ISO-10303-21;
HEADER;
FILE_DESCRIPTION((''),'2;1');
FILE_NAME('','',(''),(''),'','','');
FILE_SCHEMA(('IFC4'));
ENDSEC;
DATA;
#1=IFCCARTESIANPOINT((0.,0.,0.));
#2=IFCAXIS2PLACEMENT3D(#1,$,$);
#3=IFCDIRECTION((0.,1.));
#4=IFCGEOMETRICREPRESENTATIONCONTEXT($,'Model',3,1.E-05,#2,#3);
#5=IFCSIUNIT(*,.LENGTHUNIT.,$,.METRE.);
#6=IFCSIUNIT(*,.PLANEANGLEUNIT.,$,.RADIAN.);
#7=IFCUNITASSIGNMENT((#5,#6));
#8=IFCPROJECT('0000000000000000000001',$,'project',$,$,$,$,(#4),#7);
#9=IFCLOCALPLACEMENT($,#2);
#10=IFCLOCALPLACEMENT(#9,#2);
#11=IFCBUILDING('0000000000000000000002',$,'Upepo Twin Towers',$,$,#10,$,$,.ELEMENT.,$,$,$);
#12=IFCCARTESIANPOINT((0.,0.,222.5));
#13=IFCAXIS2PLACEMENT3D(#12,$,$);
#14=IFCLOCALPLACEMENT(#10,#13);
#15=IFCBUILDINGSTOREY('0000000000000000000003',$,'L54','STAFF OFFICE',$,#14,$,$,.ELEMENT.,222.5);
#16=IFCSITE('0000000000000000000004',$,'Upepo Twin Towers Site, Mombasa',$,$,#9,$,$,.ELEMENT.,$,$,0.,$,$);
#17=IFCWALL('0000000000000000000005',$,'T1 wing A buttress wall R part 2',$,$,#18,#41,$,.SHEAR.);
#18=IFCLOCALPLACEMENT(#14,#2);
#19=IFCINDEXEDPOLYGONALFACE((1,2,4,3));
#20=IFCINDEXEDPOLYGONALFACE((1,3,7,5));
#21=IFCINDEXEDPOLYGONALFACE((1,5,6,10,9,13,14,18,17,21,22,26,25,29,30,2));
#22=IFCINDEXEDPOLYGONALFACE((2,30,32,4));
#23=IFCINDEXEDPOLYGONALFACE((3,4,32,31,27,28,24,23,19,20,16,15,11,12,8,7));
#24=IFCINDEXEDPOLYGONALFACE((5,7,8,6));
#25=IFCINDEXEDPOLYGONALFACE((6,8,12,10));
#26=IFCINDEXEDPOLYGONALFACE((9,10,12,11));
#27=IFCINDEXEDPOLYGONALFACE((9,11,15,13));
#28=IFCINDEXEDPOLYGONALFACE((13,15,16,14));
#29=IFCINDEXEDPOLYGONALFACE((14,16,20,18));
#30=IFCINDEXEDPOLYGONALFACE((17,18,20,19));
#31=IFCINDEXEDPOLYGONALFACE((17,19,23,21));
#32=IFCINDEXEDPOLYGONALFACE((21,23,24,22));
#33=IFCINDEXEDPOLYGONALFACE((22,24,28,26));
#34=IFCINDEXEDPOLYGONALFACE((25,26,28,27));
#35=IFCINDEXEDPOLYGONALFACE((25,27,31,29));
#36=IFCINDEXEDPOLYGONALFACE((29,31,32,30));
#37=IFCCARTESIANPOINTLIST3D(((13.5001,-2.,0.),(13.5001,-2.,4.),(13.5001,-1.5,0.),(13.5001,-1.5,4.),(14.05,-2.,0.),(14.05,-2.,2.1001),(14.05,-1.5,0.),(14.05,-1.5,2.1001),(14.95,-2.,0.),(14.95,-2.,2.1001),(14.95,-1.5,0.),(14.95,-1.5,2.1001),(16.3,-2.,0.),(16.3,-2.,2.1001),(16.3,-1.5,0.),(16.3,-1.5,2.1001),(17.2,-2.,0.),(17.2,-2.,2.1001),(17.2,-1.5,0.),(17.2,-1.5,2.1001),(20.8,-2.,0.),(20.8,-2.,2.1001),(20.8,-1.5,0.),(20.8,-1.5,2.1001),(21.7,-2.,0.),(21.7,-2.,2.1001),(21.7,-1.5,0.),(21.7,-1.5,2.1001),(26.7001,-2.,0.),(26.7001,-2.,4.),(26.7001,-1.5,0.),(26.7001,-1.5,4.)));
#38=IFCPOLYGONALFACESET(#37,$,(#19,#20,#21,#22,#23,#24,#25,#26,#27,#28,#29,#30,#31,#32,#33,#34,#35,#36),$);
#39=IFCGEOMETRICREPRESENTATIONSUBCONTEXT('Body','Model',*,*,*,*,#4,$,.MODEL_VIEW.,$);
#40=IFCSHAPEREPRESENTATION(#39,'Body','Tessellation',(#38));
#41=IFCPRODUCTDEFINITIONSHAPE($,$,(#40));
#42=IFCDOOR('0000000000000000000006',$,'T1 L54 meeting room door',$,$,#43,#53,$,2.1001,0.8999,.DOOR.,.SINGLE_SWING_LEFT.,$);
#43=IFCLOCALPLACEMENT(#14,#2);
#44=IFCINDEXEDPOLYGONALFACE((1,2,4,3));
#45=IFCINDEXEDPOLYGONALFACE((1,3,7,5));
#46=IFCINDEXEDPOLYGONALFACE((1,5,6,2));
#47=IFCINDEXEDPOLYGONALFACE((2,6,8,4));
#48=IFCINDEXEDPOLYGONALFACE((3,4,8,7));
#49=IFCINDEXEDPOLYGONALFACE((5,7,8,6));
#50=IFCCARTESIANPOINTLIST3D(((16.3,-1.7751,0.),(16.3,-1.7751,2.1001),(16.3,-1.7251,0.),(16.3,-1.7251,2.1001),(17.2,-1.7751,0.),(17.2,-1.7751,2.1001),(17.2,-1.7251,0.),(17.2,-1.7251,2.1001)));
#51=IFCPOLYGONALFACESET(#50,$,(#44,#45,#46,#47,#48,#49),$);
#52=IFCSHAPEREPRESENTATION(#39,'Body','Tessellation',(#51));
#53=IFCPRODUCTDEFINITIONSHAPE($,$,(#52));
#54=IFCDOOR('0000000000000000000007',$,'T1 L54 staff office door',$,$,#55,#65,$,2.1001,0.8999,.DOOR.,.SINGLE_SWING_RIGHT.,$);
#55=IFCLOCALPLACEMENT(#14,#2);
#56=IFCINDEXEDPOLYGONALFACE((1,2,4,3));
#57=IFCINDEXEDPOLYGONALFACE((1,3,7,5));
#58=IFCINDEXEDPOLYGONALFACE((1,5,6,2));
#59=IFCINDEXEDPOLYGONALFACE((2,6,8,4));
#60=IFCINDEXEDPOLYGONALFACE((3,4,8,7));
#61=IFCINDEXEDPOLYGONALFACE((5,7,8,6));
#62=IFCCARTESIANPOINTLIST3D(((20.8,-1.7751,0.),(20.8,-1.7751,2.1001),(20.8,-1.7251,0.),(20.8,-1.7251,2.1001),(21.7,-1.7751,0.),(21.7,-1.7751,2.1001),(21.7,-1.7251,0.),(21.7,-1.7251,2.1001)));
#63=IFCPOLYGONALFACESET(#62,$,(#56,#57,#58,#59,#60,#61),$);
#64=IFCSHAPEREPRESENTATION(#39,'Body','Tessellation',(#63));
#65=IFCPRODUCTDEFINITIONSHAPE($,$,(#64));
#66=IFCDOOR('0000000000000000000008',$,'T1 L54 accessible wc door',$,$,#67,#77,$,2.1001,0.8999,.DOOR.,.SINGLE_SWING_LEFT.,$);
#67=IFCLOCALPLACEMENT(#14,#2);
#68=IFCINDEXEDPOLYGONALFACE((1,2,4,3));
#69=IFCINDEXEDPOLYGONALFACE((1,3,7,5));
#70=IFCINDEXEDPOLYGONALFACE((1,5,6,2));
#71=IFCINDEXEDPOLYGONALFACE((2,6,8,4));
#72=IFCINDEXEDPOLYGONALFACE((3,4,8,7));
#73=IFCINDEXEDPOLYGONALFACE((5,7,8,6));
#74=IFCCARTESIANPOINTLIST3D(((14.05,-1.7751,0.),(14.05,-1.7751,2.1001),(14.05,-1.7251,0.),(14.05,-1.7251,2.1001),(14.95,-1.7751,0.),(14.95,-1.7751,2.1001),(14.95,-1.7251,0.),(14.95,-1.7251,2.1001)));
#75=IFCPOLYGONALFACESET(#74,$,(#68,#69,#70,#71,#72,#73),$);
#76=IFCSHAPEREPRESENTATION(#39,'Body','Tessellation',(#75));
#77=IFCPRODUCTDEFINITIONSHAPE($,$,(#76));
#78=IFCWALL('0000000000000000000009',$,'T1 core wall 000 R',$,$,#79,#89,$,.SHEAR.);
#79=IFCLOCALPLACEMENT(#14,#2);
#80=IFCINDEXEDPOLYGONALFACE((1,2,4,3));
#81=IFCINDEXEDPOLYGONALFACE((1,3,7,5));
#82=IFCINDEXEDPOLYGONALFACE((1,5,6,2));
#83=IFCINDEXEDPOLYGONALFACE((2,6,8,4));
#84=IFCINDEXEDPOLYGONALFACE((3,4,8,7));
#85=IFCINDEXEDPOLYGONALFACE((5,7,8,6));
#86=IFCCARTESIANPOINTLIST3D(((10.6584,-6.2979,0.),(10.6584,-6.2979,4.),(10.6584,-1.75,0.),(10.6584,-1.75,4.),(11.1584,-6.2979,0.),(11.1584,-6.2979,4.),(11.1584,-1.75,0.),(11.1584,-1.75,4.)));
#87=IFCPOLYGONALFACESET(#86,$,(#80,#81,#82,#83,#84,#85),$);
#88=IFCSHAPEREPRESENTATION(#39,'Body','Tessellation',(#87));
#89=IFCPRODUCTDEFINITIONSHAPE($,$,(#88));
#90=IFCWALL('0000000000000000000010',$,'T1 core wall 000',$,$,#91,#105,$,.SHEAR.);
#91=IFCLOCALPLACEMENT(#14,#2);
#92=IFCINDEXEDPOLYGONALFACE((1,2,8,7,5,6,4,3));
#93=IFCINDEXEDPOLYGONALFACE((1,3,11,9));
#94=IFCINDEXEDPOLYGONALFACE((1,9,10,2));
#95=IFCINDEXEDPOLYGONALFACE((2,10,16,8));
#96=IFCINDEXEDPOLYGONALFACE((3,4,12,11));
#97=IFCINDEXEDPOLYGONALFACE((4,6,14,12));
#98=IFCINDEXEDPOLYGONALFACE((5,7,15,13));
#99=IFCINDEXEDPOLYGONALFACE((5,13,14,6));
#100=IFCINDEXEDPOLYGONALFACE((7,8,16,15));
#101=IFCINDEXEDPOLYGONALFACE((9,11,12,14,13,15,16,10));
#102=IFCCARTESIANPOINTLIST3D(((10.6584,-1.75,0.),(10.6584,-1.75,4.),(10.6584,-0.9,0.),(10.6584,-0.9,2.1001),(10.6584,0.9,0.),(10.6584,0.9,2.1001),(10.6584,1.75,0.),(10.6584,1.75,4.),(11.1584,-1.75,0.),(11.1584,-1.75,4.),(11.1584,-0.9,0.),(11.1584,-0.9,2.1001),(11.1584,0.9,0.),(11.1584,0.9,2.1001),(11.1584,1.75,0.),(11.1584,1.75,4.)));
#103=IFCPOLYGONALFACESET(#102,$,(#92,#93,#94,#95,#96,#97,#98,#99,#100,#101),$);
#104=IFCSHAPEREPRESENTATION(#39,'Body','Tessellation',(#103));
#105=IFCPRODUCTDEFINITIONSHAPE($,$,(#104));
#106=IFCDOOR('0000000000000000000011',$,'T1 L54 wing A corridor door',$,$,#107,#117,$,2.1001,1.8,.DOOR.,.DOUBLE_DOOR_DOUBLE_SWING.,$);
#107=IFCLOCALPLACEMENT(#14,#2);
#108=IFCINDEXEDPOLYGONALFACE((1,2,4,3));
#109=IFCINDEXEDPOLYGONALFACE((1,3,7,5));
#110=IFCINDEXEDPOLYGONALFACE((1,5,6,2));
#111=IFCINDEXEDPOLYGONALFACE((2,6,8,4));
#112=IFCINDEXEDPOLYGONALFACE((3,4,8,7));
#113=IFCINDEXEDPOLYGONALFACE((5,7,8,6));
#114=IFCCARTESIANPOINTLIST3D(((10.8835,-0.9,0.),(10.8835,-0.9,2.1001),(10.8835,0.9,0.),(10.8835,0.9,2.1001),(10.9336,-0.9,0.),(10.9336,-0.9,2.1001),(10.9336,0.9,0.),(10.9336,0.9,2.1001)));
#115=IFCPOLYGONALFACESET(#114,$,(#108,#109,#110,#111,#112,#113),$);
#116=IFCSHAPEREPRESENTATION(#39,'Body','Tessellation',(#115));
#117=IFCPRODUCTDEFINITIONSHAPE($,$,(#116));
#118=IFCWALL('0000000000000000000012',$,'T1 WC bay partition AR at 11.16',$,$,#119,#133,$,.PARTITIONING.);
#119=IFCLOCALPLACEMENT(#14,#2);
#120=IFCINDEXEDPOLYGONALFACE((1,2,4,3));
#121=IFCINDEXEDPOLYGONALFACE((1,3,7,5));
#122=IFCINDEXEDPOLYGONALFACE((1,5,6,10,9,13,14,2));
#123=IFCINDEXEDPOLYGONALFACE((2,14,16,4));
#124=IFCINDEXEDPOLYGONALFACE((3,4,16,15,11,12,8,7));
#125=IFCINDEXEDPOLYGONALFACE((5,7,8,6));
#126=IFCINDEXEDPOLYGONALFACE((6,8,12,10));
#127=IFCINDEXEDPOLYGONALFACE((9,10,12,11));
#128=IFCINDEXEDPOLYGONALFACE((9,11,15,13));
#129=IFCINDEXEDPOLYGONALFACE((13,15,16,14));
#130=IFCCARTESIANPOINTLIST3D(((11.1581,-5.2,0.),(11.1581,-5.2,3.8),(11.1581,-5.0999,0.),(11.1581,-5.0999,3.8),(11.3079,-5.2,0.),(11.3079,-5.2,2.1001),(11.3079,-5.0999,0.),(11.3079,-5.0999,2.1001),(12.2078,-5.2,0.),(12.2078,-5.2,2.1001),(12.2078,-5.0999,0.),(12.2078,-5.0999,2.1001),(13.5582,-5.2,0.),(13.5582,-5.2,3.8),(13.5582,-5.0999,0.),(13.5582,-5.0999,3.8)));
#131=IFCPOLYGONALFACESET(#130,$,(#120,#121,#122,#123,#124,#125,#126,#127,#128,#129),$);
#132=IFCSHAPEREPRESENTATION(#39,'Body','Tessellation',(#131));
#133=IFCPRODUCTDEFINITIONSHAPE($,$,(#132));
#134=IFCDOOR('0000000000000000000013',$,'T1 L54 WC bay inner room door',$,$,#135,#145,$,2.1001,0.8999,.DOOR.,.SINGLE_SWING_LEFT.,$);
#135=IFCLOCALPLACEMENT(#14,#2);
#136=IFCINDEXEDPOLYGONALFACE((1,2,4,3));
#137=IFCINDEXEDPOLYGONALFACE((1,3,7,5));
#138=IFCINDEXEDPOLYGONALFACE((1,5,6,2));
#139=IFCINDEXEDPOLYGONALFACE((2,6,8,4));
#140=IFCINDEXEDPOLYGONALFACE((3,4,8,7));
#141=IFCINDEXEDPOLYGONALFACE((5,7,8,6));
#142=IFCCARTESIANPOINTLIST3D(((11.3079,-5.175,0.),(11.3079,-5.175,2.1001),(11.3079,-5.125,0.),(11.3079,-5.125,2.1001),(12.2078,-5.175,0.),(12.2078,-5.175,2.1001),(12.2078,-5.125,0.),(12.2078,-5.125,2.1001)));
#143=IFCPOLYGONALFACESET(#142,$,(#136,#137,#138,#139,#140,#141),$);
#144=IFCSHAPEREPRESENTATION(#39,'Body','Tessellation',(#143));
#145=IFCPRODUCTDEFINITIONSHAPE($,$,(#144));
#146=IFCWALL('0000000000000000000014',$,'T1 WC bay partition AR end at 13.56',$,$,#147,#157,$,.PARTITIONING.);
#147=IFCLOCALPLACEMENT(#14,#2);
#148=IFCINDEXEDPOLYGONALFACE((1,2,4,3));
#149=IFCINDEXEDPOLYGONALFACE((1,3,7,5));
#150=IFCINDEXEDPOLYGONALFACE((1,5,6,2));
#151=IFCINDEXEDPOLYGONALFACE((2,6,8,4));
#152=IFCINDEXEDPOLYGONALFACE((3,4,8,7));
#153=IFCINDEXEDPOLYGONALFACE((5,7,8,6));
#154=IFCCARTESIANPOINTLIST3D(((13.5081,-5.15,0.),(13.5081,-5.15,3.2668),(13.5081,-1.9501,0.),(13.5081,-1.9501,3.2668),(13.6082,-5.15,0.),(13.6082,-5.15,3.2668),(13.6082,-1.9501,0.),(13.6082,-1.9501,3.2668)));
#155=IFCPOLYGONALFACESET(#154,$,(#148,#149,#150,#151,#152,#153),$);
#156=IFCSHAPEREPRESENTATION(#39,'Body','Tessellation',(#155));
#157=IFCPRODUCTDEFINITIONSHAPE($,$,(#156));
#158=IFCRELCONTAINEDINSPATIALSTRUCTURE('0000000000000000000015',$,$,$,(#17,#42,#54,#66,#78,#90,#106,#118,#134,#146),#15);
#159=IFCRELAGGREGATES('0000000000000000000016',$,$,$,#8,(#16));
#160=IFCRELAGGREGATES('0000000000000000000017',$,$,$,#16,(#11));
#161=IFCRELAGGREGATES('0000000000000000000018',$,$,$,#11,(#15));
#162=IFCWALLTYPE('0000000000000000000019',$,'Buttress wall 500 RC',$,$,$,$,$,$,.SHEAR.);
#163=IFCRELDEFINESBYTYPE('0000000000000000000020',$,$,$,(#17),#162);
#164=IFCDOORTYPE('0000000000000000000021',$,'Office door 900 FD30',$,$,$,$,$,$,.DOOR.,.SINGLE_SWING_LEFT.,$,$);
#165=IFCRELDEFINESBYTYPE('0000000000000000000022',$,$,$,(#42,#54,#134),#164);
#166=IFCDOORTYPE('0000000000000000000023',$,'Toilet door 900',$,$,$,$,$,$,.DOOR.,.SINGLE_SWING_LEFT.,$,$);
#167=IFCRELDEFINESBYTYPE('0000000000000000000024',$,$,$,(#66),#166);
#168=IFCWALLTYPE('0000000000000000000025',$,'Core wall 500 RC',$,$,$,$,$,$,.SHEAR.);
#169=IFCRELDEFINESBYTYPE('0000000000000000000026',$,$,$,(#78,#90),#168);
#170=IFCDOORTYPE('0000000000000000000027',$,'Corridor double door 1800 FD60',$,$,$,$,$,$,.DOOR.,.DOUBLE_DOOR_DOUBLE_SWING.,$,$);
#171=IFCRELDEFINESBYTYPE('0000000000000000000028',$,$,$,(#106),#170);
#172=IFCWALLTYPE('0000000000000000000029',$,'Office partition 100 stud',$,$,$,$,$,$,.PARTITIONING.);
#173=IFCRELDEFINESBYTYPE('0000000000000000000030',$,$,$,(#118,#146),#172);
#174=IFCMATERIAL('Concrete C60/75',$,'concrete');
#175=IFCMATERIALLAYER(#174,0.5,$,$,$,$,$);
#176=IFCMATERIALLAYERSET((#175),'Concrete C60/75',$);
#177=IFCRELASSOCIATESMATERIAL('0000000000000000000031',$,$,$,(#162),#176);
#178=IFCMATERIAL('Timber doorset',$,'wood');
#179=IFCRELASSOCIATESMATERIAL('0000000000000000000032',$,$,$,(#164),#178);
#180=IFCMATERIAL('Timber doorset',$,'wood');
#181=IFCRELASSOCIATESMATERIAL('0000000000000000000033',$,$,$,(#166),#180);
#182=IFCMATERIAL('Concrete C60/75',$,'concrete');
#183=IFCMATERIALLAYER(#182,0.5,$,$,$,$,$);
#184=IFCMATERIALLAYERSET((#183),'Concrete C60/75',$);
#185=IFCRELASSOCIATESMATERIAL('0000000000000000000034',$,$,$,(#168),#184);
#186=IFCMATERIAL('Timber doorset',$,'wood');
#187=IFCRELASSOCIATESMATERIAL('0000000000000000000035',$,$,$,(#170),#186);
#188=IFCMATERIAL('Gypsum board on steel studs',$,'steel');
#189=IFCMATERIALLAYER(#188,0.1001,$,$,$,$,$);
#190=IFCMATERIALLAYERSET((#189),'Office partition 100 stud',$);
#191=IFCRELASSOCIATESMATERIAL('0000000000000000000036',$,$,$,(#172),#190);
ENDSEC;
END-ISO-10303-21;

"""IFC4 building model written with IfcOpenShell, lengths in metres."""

from ifc_helpers import new_model, si_unit, direction, frame, frame_2d, origin, place, context, subcontext, project, spatial, rectangle, extrude, material, layer, layer_set, type_object, element, fill, save


model = new_model("IFC4")

# Units and contexts
model_context = context("Model", 3, precision=1e-05, world=origin(), true_north=direction((0.0, 1.0)))
body_context = subcontext(model_context, "Body", "Model", "MODEL_VIEW")
ifc_project = project(units=[si_unit("LENGTHUNIT", "METRE"), si_unit("PLANEANGLEUNIT", "RADIAN")], contexts=[model_context])

# Site, building, storey
site_placement = place(None, origin())
site = spatial("IfcSite", under=ifc_project, at=site_placement, Name="Upepo Twin Towers Site, Mombasa", CompositionType="ELEMENT", RefElevation=0.0)
building_placement = place(site_placement, origin())
building = spatial("IfcBuilding", under=site, at=building_placement, Name="Upepo Twin Towers", CompositionType="ELEMENT")
storey_placement = place(building_placement, frame((0.0, 0.0, 222.5)))
storey = spatial("IfcBuildingStorey", under=building, at=storey_placement, Name="L54", Description="STAFF OFFICE", CompositionType="ELEMENT", Elevation=222.5)

# Wall, openings, doors
ifc_material_1 = material(Name="Concrete C60/75", Category="concrete")
ifc_layer_1 = layer(ifc_material_1, 0.5)
ifc_layer_set_1 = layer_set([ifc_layer_1], Name="Concrete C60/75")
wall_type_1 = type_object("IfcWallType", Name="Buttress wall 500 RC", PredefinedType="SHEAR", material=ifc_layer_set_1)
wall_1_placement = place(storey_placement, frame((13.5, -1.75, 0.0), z_axis=(0.0, 0.0, 1.0), x_axis=(1.0, 0.0, 0.0)))
wall_1 = element("IfcWall", 1, at=wall_1_placement, inside=storey, type_object=wall_type_1, Name="T1 wing A buttress wall R part 2", PredefinedType="SHEAR", context=body_context, shape_type="SweptSolid", body=[
    extrude(rectangle(XDim=13.2, YDim=0.5, at=frame_2d((6.6001, 0.0))), origin(), (0.0, 0.0, 1.0), 4.0),
])
opening_1_placement = place(wall_1_placement, frame((0.55, 0.0, 0.0)))
opening_1 = element("IfcOpeningElement", 2, at=opening_1_placement, cuts=wall_1, PredefinedType="OPENING", context=body_context, shape_type="SweptSolid", body=[
    extrude(rectangle(XDim=0.8999, YDim=2.1001, at=frame_2d((0.45, 1.05))), frame((0.0, 0.26, 0.0), z_axis=(0.0, -1.0, 0.0), x_axis=(1.0, 0.0, 0.0)), (0.0, 0.0, 1.0), 0.52),
])
opening_2_placement = place(wall_1_placement, frame((2.8, 0.0, 0.0)))
opening_2 = element("IfcOpeningElement", 3, at=opening_2_placement, cuts=wall_1, PredefinedType="OPENING", context=body_context, shape_type="SweptSolid", body=[
    extrude(rectangle(XDim=0.8999, YDim=2.1001, at=frame_2d((0.45, 1.05))), frame((0.0, 0.26, 0.0), z_axis=(0.0, -1.0, 0.0), x_axis=(1.0, 0.0, 0.0)), (0.0, 0.0, 1.0), 0.52),
])
opening_3_placement = place(wall_1_placement, frame((7.3, 0.0, 0.0)))
opening_3 = element("IfcOpeningElement", 4, at=opening_3_placement, cuts=wall_1, PredefinedType="OPENING", context=body_context, shape_type="SweptSolid", body=[
    extrude(rectangle(XDim=0.8999, YDim=2.1001, at=frame_2d((0.45, 1.05))), frame((0.0, 0.26, 0.0), z_axis=(0.0, -1.0, 0.0), x_axis=(1.0, 0.0, 0.0)), (0.0, 0.0, 1.0), 0.52),
])
ifc_material_2 = material(Name="Timber doorset", Category="wood")
door_type_1 = type_object("IfcDoorType", Name="Office door 900 FD30", OperationType="SINGLE_SWING_LEFT", PredefinedType="DOOR", material=ifc_material_2)
door_1_placement = place(opening_2_placement, origin())
door_1 = element("IfcDoor", 5, at=door_1_placement, inside=storey, type_object=door_type_1, Name="T1 L54 meeting room door", OperationType="SINGLE_SWING_LEFT", OverallHeight=2.1001, OverallWidth=0.8999, PredefinedType="DOOR", context=body_context, shape_type="SweptSolid", body=[
    extrude(rectangle(XDim=0.8999, YDim=2.1001, at=frame_2d((0.45, 1.05))), frame((0.0, 0.0249, 0.0), z_axis=(0.0, -1.0, 0.0), x_axis=(1.0, 0.0, 0.0)), (0.0, 0.0, 1.0), 0.05),
])
fill(opening_2, door_1)
door_2_placement = place(opening_3_placement, origin())
door_2 = element("IfcDoor", 6, at=door_2_placement, inside=storey, type_object=door_type_1, Name="T1 L54 staff office door", OperationType="SINGLE_SWING_RIGHT", OverallHeight=2.1001, OverallWidth=0.8999, PredefinedType="DOOR", context=body_context, shape_type="SweptSolid", body=[
    extrude(rectangle(XDim=0.8999, YDim=2.1001, at=frame_2d((0.45, 1.05))), frame((0.0, 0.0249, 0.0), z_axis=(0.0, -1.0, 0.0), x_axis=(1.0, 0.0, 0.0)), (0.0, 0.0, 1.0), 0.05),
])
fill(opening_3, door_2)
ifc_material_3 = material(Name="Timber doorset", Category="wood")
door_type_2 = type_object("IfcDoorType", Name="Toilet door 900", OperationType="SINGLE_SWING_LEFT", PredefinedType="DOOR", material=ifc_material_3)
door_3_placement = place(opening_1_placement, origin())
door_3 = element("IfcDoor", 7, at=door_3_placement, inside=storey, type_object=door_type_2, Name="T1 L54 accessible wc door", OperationType="SINGLE_SWING_LEFT", OverallHeight=2.1001, OverallWidth=0.8999, PredefinedType="DOOR", context=body_context, shape_type="SweptSolid", body=[
    extrude(rectangle(XDim=0.8999, YDim=2.1001, at=frame_2d((0.45, 1.05))), frame((0.0, 0.0249, 0.0), z_axis=(0.0, -1.0, 0.0), x_axis=(1.0, 0.0, 0.0)), (0.0, 0.0, 1.0), 0.05),
])
fill(opening_1, door_3)

# Wall
ifc_material_4 = material(Name="Concrete C60/75", Category="concrete")
ifc_layer_2 = layer(ifc_material_4, 0.5)
ifc_layer_set_2 = layer_set([ifc_layer_2], Name="Concrete C60/75")
wall_type_2 = type_object("IfcWallType", Name="Core wall 500 RC", PredefinedType="SHEAR", material=ifc_layer_set_2)
wall_2_placement = place(storey_placement, frame((10.9084, -6.2979, 0.0), z_axis=(0.0, 0.0, 1.0), x_axis=(0.0, 1.0, 0.0)))
element("IfcWall", 8, at=wall_2_placement, inside=storey, type_object=wall_type_2, Name="T1 core wall 000 R", PredefinedType="SHEAR", context=body_context, shape_type="SweptSolid", body=[
    extrude(rectangle(XDim=4.5479, YDim=0.5, at=frame_2d((2.2739, 0.0))), origin(), (0.0, 0.0, 1.0), 4.0),
])

# Walls, openings, doors
wall_3_placement = place(storey_placement, frame((10.9084, -1.75, 0.0), z_axis=(0.0, 0.0, 1.0), x_axis=(0.0, 1.0, 0.0)))
wall_3 = element("IfcWall", 9, at=wall_3_placement, inside=storey, type_object=wall_type_2, Name="T1 core wall 000", PredefinedType="SHEAR", context=body_context, shape_type="SweptSolid", body=[
    extrude(rectangle(XDim=3.5, YDim=0.5, at=frame_2d((1.75, 0.0))), origin(), (0.0, 0.0, 1.0), 4.0),
])
opening_4_placement = place(wall_3_placement, frame((0.8501, 0.0, 0.0)))
opening_4 = element("IfcOpeningElement", 10, at=opening_4_placement, cuts=wall_3, PredefinedType="OPENING", context=body_context, shape_type="SweptSolid", body=[
    extrude(rectangle(XDim=1.8, YDim=2.1001, at=frame_2d((0.8999, 1.05))), frame((0.0, 0.26, 0.0), z_axis=(0.0, -1.0, 0.0), x_axis=(1.0, 0.0, 0.0)), (0.0, 0.0, 1.0), 0.52),
])
ifc_material_5 = material(Name="Timber doorset", Category="wood")
door_type_3 = type_object("IfcDoorType", Name="Corridor double door 1800 FD60", OperationType="DOUBLE_DOOR_DOUBLE_SWING", PredefinedType="DOOR", material=ifc_material_5)
door_4_placement = place(opening_4_placement, origin())
door_4 = element("IfcDoor", 11, at=door_4_placement, inside=storey, type_object=door_type_3, Name="T1 L54 wing A corridor door", OperationType="DOUBLE_DOOR_DOUBLE_SWING", OverallHeight=2.1001, OverallWidth=1.8, PredefinedType="DOOR", context=body_context, shape_type="SweptSolid", body=[
    extrude(rectangle(XDim=1.8, YDim=2.1001, at=frame_2d((0.8999, 1.05))), frame((0.0, 0.0249, 0.0), z_axis=(0.0, -1.0, 0.0), x_axis=(1.0, 0.0, 0.0)), (0.0, 0.0, 1.0), 0.05),
])
fill(opening_4, door_4)
ifc_material_6 = material(Name="Gypsum board on steel studs", Category="steel")
ifc_layer_3 = layer(ifc_material_6, 0.1001)
ifc_layer_set_3 = layer_set([ifc_layer_3], Name="Office partition 100 stud")
wall_type_3 = type_object("IfcWallType", Name="Office partition 100 stud", PredefinedType="PARTITIONING", material=ifc_layer_set_3)
wall_4_placement = place(storey_placement, frame((11.158, -5.1499, 0.0), z_axis=(0.0, 0.0, 1.0), x_axis=(1.0, 0.0, 0.0)))
wall_4 = element("IfcWall", 12, at=wall_4_placement, inside=storey, type_object=wall_type_3, Name="T1 WC bay partition AR at 11.16", PredefinedType="PARTITIONING", context=body_context, shape_type="SweptSolid", body=[
    extrude(rectangle(XDim=2.4001, YDim=0.1001, at=frame_2d((1.2002, 0.0))), origin(), (0.0, 0.0, 1.0), 3.8),
])
opening_5_placement = place(wall_4_placement, frame((0.1499, 0.0, 0.0)))
opening_5 = element("IfcOpeningElement", 13, at=opening_5_placement, cuts=wall_4, PredefinedType="OPENING", context=body_context, shape_type="SweptSolid", body=[
    extrude(rectangle(XDim=0.8999, YDim=2.1001, at=frame_2d((0.45, 1.05))), frame((0.0, 0.0601, 0.0), z_axis=(0.0, -1.0, 0.0), x_axis=(1.0, 0.0, 0.0)), (0.0, 0.0, 1.0), 0.1201),
])
door_5_placement = place(opening_5_placement, origin())
door_5 = element("IfcDoor", 14, at=door_5_placement, inside=storey, type_object=door_type_1, Name="T1 L54 WC bay inner room door", OperationType="SINGLE_SWING_LEFT", OverallHeight=2.1001, OverallWidth=0.8999, PredefinedType="DOOR", context=body_context, shape_type="SweptSolid", body=[
    extrude(rectangle(XDim=0.8999, YDim=2.1001, at=frame_2d((0.45, 1.05))), frame((0.0, 0.0249, 0.0), z_axis=(0.0, -1.0, 0.0), x_axis=(1.0, 0.0, 0.0)), (0.0, 0.0, 1.0), 0.05),
])
fill(opening_5, door_5)

# Wall
wall_5_placement = place(storey_placement, frame((13.5581, -1.95, 0.0), z_axis=(0.0, 0.0, 1.0), x_axis=(0.0, -1.0, 0.0)))
element("IfcWall", 15, at=wall_5_placement, inside=storey, type_object=wall_type_3, Name="T1 WC bay partition AR end at 13.56", PredefinedType="PARTITIONING", context=body_context, shape_type="SweptSolid", body=[
    extrude(rectangle(XDim=3.2, YDim=0.1001, at=frame_2d((1.6001, 0.0))), origin(), (0.0, 0.0, 1.0), 3.2668),
])

save(model, "model.ifc")
